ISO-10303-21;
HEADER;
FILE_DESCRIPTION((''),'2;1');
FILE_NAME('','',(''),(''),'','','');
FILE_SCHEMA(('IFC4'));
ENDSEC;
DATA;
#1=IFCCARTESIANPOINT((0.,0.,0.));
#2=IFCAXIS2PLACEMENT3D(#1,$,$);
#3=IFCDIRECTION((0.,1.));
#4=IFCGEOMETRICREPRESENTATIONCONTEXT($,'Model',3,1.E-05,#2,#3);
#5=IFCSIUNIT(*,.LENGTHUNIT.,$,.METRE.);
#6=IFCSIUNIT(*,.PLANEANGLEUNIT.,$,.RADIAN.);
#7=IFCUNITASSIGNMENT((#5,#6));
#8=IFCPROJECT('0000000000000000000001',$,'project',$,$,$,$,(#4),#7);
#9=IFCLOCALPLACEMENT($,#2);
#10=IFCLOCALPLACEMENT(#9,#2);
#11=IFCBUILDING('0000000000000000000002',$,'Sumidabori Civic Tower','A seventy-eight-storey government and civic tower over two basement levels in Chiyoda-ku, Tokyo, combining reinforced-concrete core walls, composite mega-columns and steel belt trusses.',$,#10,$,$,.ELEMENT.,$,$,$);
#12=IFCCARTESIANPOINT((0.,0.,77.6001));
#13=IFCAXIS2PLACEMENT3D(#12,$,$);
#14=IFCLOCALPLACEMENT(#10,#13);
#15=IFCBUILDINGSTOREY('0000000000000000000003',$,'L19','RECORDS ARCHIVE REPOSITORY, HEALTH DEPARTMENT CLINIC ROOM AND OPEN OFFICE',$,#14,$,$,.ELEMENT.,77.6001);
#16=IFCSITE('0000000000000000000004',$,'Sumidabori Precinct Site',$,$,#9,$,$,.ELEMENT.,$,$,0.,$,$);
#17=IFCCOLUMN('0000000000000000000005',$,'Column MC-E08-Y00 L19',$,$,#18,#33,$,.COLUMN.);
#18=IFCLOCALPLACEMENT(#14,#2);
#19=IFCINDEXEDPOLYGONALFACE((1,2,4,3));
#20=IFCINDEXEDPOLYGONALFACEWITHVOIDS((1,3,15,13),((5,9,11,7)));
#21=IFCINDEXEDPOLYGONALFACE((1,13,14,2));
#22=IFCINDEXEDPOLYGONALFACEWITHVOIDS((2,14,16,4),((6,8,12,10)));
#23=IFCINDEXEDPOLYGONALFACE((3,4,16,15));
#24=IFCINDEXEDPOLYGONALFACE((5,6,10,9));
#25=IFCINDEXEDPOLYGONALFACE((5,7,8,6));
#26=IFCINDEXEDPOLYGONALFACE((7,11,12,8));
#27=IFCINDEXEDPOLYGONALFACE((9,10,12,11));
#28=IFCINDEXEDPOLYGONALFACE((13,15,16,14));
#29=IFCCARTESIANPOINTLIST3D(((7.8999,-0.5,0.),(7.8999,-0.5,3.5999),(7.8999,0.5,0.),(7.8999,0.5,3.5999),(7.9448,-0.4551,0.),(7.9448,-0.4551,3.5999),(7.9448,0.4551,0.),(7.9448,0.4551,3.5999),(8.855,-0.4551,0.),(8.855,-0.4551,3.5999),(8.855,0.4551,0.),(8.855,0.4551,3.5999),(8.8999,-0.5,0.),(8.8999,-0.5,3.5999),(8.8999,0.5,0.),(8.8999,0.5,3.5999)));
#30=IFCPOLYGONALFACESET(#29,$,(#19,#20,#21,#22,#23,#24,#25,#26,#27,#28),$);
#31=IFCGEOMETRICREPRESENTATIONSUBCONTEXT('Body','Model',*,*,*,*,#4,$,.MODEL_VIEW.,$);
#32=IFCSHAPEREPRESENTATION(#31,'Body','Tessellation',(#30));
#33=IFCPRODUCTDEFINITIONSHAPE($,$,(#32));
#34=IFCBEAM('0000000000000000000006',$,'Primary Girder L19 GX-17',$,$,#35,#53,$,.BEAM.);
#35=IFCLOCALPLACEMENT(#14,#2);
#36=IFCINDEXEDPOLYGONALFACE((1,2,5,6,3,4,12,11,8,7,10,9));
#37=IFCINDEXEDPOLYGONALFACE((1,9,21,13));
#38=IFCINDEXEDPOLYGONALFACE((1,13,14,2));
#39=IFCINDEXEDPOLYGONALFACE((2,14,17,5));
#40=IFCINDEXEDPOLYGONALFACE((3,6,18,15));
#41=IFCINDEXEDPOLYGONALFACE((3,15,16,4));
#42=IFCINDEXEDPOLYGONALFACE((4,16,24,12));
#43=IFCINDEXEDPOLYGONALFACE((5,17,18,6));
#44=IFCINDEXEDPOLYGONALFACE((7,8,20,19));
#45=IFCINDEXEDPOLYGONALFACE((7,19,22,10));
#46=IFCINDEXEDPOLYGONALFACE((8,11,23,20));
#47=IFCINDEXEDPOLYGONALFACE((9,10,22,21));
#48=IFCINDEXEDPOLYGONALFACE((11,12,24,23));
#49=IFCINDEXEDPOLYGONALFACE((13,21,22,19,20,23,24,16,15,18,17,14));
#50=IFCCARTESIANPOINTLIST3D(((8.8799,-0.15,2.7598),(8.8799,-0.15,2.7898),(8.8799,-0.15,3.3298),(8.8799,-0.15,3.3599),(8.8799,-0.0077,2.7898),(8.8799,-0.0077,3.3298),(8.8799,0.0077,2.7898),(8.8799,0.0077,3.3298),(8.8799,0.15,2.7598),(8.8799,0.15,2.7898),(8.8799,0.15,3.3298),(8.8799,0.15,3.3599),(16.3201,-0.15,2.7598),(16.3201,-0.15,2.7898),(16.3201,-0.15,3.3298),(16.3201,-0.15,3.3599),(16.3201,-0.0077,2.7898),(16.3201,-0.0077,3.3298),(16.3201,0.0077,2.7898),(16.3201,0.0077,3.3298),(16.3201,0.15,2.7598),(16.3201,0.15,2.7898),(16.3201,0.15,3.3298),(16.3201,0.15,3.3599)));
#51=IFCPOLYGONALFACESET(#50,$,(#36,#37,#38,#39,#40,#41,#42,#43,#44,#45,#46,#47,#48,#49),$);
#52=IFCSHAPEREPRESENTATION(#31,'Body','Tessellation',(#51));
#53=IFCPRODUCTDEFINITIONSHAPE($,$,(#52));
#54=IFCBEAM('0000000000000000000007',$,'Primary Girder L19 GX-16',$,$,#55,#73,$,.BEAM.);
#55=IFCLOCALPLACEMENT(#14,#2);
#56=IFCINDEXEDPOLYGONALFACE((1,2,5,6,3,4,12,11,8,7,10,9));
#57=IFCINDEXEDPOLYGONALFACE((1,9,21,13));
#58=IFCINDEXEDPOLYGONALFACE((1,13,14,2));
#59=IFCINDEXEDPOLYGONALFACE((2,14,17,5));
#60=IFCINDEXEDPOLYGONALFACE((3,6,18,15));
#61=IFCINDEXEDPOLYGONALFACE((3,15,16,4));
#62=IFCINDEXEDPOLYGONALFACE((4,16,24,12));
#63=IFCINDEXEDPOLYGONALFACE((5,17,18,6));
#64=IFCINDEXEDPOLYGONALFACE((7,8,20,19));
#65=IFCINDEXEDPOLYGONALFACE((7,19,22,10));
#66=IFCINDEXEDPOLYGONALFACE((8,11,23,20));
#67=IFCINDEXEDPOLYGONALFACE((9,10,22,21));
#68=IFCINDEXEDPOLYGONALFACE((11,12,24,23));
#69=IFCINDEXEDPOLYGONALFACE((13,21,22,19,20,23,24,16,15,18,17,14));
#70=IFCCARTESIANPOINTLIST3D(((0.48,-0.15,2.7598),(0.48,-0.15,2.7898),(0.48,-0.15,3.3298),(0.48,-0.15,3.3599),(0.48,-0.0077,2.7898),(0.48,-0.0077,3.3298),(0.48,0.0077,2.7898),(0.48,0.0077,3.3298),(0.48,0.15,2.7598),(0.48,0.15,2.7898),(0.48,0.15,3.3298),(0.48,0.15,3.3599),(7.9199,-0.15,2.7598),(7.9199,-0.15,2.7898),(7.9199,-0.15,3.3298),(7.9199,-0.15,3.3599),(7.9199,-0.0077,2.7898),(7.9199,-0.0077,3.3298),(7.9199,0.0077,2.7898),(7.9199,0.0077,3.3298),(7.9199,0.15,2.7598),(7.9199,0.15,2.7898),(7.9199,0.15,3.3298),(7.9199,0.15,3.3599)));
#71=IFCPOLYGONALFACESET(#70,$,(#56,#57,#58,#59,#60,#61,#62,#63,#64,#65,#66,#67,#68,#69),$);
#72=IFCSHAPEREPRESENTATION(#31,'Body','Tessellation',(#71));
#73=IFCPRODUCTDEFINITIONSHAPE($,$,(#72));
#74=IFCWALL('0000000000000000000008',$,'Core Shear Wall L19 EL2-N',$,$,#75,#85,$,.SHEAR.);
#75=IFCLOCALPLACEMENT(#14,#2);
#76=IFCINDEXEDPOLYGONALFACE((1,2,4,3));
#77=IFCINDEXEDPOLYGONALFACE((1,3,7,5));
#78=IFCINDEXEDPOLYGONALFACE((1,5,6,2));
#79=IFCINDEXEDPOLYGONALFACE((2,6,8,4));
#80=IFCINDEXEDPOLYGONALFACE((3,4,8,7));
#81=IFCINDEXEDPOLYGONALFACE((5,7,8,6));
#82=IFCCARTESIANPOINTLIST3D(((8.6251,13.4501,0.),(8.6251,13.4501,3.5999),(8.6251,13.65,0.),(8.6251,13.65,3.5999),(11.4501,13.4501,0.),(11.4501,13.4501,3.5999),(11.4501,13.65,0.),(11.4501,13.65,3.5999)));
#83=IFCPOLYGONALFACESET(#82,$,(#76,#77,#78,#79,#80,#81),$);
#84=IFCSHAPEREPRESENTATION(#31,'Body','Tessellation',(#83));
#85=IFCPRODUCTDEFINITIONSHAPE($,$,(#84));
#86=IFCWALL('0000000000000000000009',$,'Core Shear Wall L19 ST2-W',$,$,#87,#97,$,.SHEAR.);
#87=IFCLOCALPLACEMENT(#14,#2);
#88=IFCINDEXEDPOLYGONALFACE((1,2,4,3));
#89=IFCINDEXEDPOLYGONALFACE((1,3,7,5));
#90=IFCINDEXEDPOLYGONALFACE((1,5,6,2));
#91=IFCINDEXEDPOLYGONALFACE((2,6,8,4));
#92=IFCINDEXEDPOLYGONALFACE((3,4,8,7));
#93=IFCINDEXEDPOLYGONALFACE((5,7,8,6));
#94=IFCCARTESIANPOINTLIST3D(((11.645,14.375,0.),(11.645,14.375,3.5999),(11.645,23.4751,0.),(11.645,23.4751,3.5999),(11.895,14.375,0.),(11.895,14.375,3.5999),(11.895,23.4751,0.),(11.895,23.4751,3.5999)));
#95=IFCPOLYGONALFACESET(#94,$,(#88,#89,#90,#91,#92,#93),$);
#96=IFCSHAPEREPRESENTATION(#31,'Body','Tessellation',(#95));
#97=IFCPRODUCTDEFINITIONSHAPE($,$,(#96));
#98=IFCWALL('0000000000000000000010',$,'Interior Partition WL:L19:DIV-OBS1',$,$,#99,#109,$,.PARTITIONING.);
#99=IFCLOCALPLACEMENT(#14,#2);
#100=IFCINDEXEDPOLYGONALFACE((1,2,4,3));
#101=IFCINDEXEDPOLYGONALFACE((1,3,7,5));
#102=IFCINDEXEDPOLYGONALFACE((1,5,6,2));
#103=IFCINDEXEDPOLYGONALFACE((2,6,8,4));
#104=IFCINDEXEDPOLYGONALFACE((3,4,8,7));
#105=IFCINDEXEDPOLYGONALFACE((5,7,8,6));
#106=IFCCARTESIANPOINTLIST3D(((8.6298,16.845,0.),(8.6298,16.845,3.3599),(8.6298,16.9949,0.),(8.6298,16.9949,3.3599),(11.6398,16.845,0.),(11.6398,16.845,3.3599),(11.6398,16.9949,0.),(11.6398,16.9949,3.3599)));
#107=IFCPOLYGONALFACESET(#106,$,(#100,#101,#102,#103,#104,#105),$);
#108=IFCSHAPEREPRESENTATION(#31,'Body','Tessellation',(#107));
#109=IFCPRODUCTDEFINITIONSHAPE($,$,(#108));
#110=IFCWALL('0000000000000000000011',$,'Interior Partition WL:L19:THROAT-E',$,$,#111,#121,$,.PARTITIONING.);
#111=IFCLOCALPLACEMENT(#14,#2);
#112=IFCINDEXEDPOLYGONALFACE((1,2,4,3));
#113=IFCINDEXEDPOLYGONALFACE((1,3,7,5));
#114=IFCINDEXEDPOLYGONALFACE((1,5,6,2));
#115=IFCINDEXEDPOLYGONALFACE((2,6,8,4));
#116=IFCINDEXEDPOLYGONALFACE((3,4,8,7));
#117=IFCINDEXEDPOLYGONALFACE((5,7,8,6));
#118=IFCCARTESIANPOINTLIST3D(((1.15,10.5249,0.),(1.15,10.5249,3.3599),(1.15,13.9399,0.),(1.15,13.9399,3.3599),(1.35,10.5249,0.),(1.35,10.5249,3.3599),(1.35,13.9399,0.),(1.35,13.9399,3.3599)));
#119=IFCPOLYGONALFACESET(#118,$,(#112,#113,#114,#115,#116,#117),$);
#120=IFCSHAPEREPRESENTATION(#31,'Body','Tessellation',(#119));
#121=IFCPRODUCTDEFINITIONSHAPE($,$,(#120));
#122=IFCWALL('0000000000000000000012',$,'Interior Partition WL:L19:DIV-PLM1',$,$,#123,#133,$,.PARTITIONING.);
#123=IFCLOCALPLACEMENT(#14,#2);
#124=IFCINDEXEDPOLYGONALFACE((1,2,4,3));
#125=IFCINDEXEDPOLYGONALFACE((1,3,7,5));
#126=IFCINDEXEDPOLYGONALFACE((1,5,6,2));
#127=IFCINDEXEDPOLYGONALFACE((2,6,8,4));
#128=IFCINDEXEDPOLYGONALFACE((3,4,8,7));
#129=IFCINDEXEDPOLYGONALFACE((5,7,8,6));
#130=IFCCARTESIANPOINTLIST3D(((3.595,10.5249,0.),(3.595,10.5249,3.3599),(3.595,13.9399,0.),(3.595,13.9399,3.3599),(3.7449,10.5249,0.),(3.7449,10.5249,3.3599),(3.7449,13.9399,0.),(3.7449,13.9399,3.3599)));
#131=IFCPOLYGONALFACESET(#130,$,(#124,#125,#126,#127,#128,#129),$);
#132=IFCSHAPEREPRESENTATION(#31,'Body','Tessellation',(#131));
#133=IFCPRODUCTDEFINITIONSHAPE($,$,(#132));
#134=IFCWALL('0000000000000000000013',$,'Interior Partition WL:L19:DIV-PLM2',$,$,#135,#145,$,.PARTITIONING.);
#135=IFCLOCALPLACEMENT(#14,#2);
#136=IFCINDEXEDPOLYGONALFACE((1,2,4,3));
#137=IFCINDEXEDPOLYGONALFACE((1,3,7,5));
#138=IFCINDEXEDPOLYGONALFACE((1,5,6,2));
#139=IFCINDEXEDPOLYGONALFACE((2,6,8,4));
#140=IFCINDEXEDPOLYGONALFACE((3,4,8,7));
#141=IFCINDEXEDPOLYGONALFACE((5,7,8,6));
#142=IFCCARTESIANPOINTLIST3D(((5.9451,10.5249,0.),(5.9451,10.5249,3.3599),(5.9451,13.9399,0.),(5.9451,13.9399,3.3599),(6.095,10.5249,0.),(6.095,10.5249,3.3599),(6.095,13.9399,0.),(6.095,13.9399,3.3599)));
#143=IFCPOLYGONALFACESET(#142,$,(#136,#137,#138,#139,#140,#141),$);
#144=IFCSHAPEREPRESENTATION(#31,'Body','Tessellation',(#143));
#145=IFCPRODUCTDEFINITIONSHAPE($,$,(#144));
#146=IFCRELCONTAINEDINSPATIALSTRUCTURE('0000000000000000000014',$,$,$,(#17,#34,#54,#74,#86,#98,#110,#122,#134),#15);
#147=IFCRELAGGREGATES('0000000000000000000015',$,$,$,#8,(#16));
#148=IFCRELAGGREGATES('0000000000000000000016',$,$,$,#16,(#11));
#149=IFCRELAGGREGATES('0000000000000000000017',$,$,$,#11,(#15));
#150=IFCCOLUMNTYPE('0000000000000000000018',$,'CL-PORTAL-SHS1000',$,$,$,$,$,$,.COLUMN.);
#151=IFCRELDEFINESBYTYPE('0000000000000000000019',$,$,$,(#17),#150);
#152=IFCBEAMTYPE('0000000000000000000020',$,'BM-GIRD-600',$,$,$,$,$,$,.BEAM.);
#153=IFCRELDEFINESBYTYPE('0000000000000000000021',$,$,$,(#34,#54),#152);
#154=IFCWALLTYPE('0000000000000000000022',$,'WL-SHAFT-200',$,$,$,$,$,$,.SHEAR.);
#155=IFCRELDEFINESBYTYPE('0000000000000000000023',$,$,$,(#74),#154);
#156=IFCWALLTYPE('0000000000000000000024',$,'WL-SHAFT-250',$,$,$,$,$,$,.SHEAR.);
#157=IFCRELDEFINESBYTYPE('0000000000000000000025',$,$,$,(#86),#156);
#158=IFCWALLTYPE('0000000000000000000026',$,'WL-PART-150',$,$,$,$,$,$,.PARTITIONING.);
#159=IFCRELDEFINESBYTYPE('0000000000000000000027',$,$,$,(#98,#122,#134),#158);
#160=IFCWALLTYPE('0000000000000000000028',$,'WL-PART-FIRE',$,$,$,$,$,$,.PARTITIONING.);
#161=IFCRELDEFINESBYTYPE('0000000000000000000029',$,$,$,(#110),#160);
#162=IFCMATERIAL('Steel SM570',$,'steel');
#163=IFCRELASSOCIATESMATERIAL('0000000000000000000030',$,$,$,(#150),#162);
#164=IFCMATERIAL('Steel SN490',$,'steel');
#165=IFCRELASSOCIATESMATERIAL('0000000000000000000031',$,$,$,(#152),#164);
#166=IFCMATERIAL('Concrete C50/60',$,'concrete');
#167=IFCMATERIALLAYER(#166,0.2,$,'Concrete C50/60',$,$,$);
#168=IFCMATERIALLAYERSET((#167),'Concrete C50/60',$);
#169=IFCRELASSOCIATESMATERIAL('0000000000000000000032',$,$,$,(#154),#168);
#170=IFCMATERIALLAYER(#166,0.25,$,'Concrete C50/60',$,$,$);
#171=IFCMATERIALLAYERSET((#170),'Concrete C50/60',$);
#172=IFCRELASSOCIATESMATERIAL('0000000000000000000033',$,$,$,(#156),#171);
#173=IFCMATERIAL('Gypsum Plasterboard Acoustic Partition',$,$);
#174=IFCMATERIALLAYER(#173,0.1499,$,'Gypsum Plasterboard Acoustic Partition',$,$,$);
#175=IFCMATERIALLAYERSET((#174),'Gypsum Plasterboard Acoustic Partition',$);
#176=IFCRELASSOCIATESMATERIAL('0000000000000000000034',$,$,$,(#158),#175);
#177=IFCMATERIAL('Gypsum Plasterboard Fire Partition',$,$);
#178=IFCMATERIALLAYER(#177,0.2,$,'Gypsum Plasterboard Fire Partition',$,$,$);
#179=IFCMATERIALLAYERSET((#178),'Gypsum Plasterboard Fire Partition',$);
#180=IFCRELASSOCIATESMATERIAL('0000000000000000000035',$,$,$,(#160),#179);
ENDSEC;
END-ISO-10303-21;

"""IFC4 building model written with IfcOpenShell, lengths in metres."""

from ifc_helpers import new_model, si_unit, direction, frame, frame_2d, origin, origin_2d, place, context, subcontext, project, spatial, rectangle, hollow_rectangle, i_section, extrude, source, transform, mapped, material, layer, layer_set, material_profile, profile_set, type_object, element, save


model = new_model("IFC4")

# Units and contexts
model_context = context("Model", 3, precision=1e-05, world=origin(), true_north=direction((0.0, 1.0)))
body_context = subcontext(model_context, "Body", "Model", "MODEL_VIEW")
ifc_project = project(units=[si_unit("LENGTHUNIT", "METRE"), si_unit("PLANEANGLEUNIT", "RADIAN")], contexts=[model_context])

# Site, building, storey
site_placement = place(None, origin())
site = spatial("IfcSite", under=ifc_project, at=site_placement, Name="Sumidabori Precinct Site", CompositionType="ELEMENT", RefElevation=0.0)
building_placement = place(site_placement, origin())
building = spatial("IfcBuilding", under=site, at=building_placement, Name="Sumidabori Civic Tower", Description="A seventy-eight-storey government and civic tower over two basement levels in Chiyoda-ku, Tokyo, combining reinforced-concrete core walls, composite mega-columns and steel belt trusses.", CompositionType="ELEMENT")
storey_placement = place(building_placement, frame((0.0, 0.0, 77.6001)))
storey = spatial("IfcBuildingStorey", under=building, at=storey_placement, Name="L19", Description="RECORDS ARCHIVE REPOSITORY, HEALTH DEPARTMENT CLINIC ROOM AND OPEN OFFICE", CompositionType="ELEMENT", Elevation=77.6001)

# Column
ifc_material_1 = material(Name="Steel SM570", Category="steel")
ifc_material_profile_1 = material_profile(ifc_material_1, hollow_rectangle(XDim=1.0, YDim=1.0, WallThickness=0.0449, at=origin_2d()), Name="SHS 1000x1000x45")
ifc_profile_set_1 = profile_set([ifc_material_profile_1], Name="Steel SM570")
column_type = type_object("IfcColumnType", Name="CL-PORTAL-SHS1000", PredefinedType="COLUMN", material=ifc_profile_set_1)
shared_shape_1 = source(origin(), body_context, "Body", "SweptSolid", [
    extrude(hollow_rectangle(XDim=1.0, YDim=1.0, WallThickness=0.0449, at=origin_2d()), origin(), (0.0, 0.0, 1.0), 3.5999),
])
column_placement = place(storey_placement, frame((8.3999, 0.0, 0.0), z_axis=(0.0, 0.0, 1.0), x_axis=(1.0, 0.0, 0.0)))
element("IfcColumn", 1, at=column_placement, inside=storey, type_object=column_type, Name="Column MC-E08-Y00 L19", PredefinedType="COLUMN", context=body_context, shape_type="MappedRepresentation", body=[
    mapped(shared_shape_1, transform((0.0, 0.0, 0.0), x_axis=(1.0, 0.0, 0.0), y_axis=(0.0, 1.0, 0.0), z_axis=(0.0, 0.0, 1.0), scale=1.0)),
])

# Beams
ifc_material_2 = material(Name="Steel SN490", Category="steel")
ifc_material_profile_2 = material_profile(ifc_material_2, i_section(OverallWidth=0.3, OverallDepth=0.6001, WebThickness=0.0154, FlangeThickness=0.03, at=origin_2d()), Name="HE 600 B")
ifc_profile_set_2 = profile_set([ifc_material_profile_2], Name="Steel SN490")
beam_type = type_object("IfcBeamType", Name="BM-GIRD-600", PredefinedType="BEAM", material=ifc_profile_set_2)
shared_shape_2 = source(origin(), body_context, "Body", "SweptSolid", [
    extrude(i_section(OverallWidth=0.3, OverallDepth=0.6001, WebThickness=0.0154, FlangeThickness=0.03, at=origin_2d()), origin(), (0.0, 0.0, 1.0), 7.4402),
])
beam_1_placement = place(storey_placement, frame((8.8799, 0.0, 3.0598), z_axis=(1.0, 0.0, 0.0), x_axis=(0.0, 1.0, 0.0)))
element("IfcBeam", 2, at=beam_1_placement, inside=storey, type_object=beam_type, Name="Primary Girder L19 GX-17", PredefinedType="BEAM", context=body_context, shape_type="MappedRepresentation", body=[
    mapped(shared_shape_2, transform((0.0, 0.0, 0.0), x_axis=(1.0, 0.0, 0.0), y_axis=(0.0, 1.0, 0.0), z_axis=(0.0, 0.0, 1.0), scale=1.0)),
])
shared_shape_3 = source(origin(), body_context, "Body", "SweptSolid", [
    extrude(i_section(OverallWidth=0.3, OverallDepth=0.6001, WebThickness=0.0154, FlangeThickness=0.03, at=origin_2d()), origin(), (0.0, 0.0, 1.0), 7.4399),
])
beam_2_placement = place(storey_placement, frame((0.48, 0.0, 3.0598), z_axis=(1.0, 0.0, 0.0), x_axis=(0.0, 1.0, 0.0)))
element("IfcBeam", 3, at=beam_2_placement, inside=storey, type_object=beam_type, Name="Primary Girder L19 GX-16", PredefinedType="BEAM", context=body_context, shape_type="MappedRepresentation", body=[
    mapped(shared_shape_3, transform((0.0, 0.0, 0.0), x_axis=(1.0, 0.0, 0.0), y_axis=(0.0, 1.0, 0.0), z_axis=(0.0, 0.0, 1.0), scale=1.0)),
])

# Wall
ifc_material_3 = material(Name="Concrete C50/60", Category="concrete")
ifc_layer_1 = layer(ifc_material_3, 0.2, Name="Concrete C50/60")
ifc_layer_set_1 = layer_set([ifc_layer_1], Name="Concrete C50/60")
wall_type_1 = type_object("IfcWallType", Name="WL-SHAFT-200", PredefinedType="SHEAR", material=ifc_layer_set_1)
shared_shape_4 = source(origin(), body_context, "Body", "SweptSolid", [
    extrude(rectangle(XDim=2.825, YDim=0.2, at=frame_2d((1.4126, 0.0))), origin(), (0.0, 0.0, 1.0), 3.5999),
])
wall_1_placement = place(storey_placement, frame((8.625, 13.55, 0.0), z_axis=(0.0, 0.0, 1.0), x_axis=(1.0, 0.0, 0.0)))
element("IfcWall", 4, at=wall_1_placement, inside=storey, type_object=wall_type_1, Name="Core Shear Wall L19 EL2-N", PredefinedType="SHEAR", context=body_context, shape_type="MappedRepresentation", body=[
    mapped(shared_shape_4, transform((0.0, 0.0, 0.0), x_axis=(1.0, 0.0, 0.0), y_axis=(0.0, 1.0, 0.0), z_axis=(0.0, 0.0, 1.0), scale=1.0)),
])

# Shared definitions
ifc_layer_2 = layer(ifc_material_3, 0.25, Name="Concrete C50/60")
ifc_layer_set_2 = layer_set([ifc_layer_2], Name="Concrete C50/60")
wall_type_2 = type_object("IfcWallType", Name="WL-SHAFT-250", PredefinedType="SHEAR", material=ifc_layer_set_2)

# Wall
shared_shape_5 = source(origin(), body_context, "Body", "SweptSolid", [
    extrude(rectangle(XDim=9.1001, YDim=0.25, at=frame_2d((4.55, 0.0))), origin(), (0.0, 0.0, 1.0), 3.5999),
])
wall_2_placement = place(storey_placement, frame((11.77, 14.375, 0.0), z_axis=(0.0, 0.0, 1.0), x_axis=(0.0, 1.0, 0.0)))
element("IfcWall", 5, at=wall_2_placement, inside=storey, type_object=wall_type_2, Name="Core Shear Wall L19 ST2-W", PredefinedType="SHEAR", context=body_context, shape_type="MappedRepresentation", body=[
    mapped(shared_shape_5, transform((0.0, 0.0, 0.0), x_axis=(1.0, 0.0, 0.0), y_axis=(0.0, 1.0, 0.0), z_axis=(0.0, 0.0, 1.0), scale=1.0)),
])

# Wall
ifc_material_4 = material(Name="Gypsum Plasterboard Acoustic Partition")
ifc_layer_3 = layer(ifc_material_4, 0.1499, Name="Gypsum Plasterboard Acoustic Partition")
ifc_layer_set_3 = layer_set([ifc_layer_3], Name="Gypsum Plasterboard Acoustic Partition")
wall_type_3 = type_object("IfcWallType", Name="WL-PART-150", PredefinedType="PARTITIONING", material=ifc_layer_set_3)
shared_shape_6 = source(origin(), body_context, "Body", "SweptSolid", [
    extrude(rectangle(XDim=3.01, YDim=0.1499, at=frame_2d((1.5049, 0.0))), origin(), (0.0, 0.0, 1.0), 3.3599),
])
wall_3_placement = place(storey_placement, frame((8.6299, 16.9199, 0.0), z_axis=(0.0, 0.0, 1.0), x_axis=(1.0, 0.0, 0.0)))
element("IfcWall", 6, at=wall_3_placement, inside=storey, type_object=wall_type_3, Name="Interior Partition WL:L19:DIV-OBS1", PredefinedType="PARTITIONING", context=body_context, shape_type="MappedRepresentation", body=[
    mapped(shared_shape_6, transform((0.0, 0.0, 0.0), x_axis=(1.0, 0.0, 0.0), y_axis=(0.0, 1.0, 0.0), z_axis=(0.0, 0.0, 1.0), scale=1.0)),
])

# Shared definitions
ifc_material_5 = material(Name="Gypsum Plasterboard Fire Partition")
ifc_layer_4 = layer(ifc_material_5, 0.2, Name="Gypsum Plasterboard Fire Partition")
ifc_layer_set_4 = layer_set([ifc_layer_4], Name="Gypsum Plasterboard Fire Partition")
wall_type_4 = type_object("IfcWallType", Name="WL-PART-FIRE", PredefinedType="PARTITIONING", material=ifc_layer_set_4)

# Walls
shared_shape_7 = source(origin(), body_context, "Body", "SweptSolid", [
    extrude(rectangle(XDim=3.415, YDim=0.2, at=frame_2d((1.7075, 0.0))), origin(), (0.0, 0.0, 1.0), 3.3599),
])
wall_4_placement = place(storey_placement, frame((1.25, 10.5249, 0.0), z_axis=(0.0, 0.0, 1.0), x_axis=(0.0, 1.0, 0.0)))
element("IfcWall", 7, at=wall_4_placement, inside=storey, type_object=wall_type_4, Name="Interior Partition WL:L19:THROAT-E", PredefinedType="PARTITIONING", context=body_context, shape_type="MappedRepresentation", body=[
    mapped(shared_shape_7, transform((0.0, 0.0, 0.0), x_axis=(1.0, 0.0, 0.0), y_axis=(0.0, 1.0, 0.0), z_axis=(0.0, 0.0, 1.0), scale=1.0)),
])
shared_shape_8 = source(origin(), body_context, "Body", "SweptSolid", [
    extrude(rectangle(XDim=3.415, YDim=0.1499, at=frame_2d((1.7075, 0.0))), origin(), (0.0, 0.0, 1.0), 3.3599),
])
for number, where, z_axis, x_axis, name in (
    (8, (3.6699, 10.5249, 0.0), (0.0, 0.0, 1.0), (0.0, 1.0, 0.0), "Interior Partition WL:L19:DIV-PLM1"),
    (9, (6.02, 10.5249, 0.0), (0.0, 0.0, 1.0), (0.0, 1.0, 0.0), "Interior Partition WL:L19:DIV-PLM2"),
):
    element("IfcWall", number, at=place(storey_placement, frame(where, z_axis=z_axis, x_axis=x_axis)), inside=storey, type_object=wall_type_3, Name=name, PredefinedType="PARTITIONING", context=body_context, shape_type="MappedRepresentation", body=[
        mapped(shared_shape_8, transform((0.0, 0.0, 0.0), x_axis=(1.0, 0.0, 0.0), y_axis=(0.0, 1.0, 0.0), z_axis=(0.0, 0.0, 1.0), scale=1.0)),
    ])

save(model, "model.ifc")
